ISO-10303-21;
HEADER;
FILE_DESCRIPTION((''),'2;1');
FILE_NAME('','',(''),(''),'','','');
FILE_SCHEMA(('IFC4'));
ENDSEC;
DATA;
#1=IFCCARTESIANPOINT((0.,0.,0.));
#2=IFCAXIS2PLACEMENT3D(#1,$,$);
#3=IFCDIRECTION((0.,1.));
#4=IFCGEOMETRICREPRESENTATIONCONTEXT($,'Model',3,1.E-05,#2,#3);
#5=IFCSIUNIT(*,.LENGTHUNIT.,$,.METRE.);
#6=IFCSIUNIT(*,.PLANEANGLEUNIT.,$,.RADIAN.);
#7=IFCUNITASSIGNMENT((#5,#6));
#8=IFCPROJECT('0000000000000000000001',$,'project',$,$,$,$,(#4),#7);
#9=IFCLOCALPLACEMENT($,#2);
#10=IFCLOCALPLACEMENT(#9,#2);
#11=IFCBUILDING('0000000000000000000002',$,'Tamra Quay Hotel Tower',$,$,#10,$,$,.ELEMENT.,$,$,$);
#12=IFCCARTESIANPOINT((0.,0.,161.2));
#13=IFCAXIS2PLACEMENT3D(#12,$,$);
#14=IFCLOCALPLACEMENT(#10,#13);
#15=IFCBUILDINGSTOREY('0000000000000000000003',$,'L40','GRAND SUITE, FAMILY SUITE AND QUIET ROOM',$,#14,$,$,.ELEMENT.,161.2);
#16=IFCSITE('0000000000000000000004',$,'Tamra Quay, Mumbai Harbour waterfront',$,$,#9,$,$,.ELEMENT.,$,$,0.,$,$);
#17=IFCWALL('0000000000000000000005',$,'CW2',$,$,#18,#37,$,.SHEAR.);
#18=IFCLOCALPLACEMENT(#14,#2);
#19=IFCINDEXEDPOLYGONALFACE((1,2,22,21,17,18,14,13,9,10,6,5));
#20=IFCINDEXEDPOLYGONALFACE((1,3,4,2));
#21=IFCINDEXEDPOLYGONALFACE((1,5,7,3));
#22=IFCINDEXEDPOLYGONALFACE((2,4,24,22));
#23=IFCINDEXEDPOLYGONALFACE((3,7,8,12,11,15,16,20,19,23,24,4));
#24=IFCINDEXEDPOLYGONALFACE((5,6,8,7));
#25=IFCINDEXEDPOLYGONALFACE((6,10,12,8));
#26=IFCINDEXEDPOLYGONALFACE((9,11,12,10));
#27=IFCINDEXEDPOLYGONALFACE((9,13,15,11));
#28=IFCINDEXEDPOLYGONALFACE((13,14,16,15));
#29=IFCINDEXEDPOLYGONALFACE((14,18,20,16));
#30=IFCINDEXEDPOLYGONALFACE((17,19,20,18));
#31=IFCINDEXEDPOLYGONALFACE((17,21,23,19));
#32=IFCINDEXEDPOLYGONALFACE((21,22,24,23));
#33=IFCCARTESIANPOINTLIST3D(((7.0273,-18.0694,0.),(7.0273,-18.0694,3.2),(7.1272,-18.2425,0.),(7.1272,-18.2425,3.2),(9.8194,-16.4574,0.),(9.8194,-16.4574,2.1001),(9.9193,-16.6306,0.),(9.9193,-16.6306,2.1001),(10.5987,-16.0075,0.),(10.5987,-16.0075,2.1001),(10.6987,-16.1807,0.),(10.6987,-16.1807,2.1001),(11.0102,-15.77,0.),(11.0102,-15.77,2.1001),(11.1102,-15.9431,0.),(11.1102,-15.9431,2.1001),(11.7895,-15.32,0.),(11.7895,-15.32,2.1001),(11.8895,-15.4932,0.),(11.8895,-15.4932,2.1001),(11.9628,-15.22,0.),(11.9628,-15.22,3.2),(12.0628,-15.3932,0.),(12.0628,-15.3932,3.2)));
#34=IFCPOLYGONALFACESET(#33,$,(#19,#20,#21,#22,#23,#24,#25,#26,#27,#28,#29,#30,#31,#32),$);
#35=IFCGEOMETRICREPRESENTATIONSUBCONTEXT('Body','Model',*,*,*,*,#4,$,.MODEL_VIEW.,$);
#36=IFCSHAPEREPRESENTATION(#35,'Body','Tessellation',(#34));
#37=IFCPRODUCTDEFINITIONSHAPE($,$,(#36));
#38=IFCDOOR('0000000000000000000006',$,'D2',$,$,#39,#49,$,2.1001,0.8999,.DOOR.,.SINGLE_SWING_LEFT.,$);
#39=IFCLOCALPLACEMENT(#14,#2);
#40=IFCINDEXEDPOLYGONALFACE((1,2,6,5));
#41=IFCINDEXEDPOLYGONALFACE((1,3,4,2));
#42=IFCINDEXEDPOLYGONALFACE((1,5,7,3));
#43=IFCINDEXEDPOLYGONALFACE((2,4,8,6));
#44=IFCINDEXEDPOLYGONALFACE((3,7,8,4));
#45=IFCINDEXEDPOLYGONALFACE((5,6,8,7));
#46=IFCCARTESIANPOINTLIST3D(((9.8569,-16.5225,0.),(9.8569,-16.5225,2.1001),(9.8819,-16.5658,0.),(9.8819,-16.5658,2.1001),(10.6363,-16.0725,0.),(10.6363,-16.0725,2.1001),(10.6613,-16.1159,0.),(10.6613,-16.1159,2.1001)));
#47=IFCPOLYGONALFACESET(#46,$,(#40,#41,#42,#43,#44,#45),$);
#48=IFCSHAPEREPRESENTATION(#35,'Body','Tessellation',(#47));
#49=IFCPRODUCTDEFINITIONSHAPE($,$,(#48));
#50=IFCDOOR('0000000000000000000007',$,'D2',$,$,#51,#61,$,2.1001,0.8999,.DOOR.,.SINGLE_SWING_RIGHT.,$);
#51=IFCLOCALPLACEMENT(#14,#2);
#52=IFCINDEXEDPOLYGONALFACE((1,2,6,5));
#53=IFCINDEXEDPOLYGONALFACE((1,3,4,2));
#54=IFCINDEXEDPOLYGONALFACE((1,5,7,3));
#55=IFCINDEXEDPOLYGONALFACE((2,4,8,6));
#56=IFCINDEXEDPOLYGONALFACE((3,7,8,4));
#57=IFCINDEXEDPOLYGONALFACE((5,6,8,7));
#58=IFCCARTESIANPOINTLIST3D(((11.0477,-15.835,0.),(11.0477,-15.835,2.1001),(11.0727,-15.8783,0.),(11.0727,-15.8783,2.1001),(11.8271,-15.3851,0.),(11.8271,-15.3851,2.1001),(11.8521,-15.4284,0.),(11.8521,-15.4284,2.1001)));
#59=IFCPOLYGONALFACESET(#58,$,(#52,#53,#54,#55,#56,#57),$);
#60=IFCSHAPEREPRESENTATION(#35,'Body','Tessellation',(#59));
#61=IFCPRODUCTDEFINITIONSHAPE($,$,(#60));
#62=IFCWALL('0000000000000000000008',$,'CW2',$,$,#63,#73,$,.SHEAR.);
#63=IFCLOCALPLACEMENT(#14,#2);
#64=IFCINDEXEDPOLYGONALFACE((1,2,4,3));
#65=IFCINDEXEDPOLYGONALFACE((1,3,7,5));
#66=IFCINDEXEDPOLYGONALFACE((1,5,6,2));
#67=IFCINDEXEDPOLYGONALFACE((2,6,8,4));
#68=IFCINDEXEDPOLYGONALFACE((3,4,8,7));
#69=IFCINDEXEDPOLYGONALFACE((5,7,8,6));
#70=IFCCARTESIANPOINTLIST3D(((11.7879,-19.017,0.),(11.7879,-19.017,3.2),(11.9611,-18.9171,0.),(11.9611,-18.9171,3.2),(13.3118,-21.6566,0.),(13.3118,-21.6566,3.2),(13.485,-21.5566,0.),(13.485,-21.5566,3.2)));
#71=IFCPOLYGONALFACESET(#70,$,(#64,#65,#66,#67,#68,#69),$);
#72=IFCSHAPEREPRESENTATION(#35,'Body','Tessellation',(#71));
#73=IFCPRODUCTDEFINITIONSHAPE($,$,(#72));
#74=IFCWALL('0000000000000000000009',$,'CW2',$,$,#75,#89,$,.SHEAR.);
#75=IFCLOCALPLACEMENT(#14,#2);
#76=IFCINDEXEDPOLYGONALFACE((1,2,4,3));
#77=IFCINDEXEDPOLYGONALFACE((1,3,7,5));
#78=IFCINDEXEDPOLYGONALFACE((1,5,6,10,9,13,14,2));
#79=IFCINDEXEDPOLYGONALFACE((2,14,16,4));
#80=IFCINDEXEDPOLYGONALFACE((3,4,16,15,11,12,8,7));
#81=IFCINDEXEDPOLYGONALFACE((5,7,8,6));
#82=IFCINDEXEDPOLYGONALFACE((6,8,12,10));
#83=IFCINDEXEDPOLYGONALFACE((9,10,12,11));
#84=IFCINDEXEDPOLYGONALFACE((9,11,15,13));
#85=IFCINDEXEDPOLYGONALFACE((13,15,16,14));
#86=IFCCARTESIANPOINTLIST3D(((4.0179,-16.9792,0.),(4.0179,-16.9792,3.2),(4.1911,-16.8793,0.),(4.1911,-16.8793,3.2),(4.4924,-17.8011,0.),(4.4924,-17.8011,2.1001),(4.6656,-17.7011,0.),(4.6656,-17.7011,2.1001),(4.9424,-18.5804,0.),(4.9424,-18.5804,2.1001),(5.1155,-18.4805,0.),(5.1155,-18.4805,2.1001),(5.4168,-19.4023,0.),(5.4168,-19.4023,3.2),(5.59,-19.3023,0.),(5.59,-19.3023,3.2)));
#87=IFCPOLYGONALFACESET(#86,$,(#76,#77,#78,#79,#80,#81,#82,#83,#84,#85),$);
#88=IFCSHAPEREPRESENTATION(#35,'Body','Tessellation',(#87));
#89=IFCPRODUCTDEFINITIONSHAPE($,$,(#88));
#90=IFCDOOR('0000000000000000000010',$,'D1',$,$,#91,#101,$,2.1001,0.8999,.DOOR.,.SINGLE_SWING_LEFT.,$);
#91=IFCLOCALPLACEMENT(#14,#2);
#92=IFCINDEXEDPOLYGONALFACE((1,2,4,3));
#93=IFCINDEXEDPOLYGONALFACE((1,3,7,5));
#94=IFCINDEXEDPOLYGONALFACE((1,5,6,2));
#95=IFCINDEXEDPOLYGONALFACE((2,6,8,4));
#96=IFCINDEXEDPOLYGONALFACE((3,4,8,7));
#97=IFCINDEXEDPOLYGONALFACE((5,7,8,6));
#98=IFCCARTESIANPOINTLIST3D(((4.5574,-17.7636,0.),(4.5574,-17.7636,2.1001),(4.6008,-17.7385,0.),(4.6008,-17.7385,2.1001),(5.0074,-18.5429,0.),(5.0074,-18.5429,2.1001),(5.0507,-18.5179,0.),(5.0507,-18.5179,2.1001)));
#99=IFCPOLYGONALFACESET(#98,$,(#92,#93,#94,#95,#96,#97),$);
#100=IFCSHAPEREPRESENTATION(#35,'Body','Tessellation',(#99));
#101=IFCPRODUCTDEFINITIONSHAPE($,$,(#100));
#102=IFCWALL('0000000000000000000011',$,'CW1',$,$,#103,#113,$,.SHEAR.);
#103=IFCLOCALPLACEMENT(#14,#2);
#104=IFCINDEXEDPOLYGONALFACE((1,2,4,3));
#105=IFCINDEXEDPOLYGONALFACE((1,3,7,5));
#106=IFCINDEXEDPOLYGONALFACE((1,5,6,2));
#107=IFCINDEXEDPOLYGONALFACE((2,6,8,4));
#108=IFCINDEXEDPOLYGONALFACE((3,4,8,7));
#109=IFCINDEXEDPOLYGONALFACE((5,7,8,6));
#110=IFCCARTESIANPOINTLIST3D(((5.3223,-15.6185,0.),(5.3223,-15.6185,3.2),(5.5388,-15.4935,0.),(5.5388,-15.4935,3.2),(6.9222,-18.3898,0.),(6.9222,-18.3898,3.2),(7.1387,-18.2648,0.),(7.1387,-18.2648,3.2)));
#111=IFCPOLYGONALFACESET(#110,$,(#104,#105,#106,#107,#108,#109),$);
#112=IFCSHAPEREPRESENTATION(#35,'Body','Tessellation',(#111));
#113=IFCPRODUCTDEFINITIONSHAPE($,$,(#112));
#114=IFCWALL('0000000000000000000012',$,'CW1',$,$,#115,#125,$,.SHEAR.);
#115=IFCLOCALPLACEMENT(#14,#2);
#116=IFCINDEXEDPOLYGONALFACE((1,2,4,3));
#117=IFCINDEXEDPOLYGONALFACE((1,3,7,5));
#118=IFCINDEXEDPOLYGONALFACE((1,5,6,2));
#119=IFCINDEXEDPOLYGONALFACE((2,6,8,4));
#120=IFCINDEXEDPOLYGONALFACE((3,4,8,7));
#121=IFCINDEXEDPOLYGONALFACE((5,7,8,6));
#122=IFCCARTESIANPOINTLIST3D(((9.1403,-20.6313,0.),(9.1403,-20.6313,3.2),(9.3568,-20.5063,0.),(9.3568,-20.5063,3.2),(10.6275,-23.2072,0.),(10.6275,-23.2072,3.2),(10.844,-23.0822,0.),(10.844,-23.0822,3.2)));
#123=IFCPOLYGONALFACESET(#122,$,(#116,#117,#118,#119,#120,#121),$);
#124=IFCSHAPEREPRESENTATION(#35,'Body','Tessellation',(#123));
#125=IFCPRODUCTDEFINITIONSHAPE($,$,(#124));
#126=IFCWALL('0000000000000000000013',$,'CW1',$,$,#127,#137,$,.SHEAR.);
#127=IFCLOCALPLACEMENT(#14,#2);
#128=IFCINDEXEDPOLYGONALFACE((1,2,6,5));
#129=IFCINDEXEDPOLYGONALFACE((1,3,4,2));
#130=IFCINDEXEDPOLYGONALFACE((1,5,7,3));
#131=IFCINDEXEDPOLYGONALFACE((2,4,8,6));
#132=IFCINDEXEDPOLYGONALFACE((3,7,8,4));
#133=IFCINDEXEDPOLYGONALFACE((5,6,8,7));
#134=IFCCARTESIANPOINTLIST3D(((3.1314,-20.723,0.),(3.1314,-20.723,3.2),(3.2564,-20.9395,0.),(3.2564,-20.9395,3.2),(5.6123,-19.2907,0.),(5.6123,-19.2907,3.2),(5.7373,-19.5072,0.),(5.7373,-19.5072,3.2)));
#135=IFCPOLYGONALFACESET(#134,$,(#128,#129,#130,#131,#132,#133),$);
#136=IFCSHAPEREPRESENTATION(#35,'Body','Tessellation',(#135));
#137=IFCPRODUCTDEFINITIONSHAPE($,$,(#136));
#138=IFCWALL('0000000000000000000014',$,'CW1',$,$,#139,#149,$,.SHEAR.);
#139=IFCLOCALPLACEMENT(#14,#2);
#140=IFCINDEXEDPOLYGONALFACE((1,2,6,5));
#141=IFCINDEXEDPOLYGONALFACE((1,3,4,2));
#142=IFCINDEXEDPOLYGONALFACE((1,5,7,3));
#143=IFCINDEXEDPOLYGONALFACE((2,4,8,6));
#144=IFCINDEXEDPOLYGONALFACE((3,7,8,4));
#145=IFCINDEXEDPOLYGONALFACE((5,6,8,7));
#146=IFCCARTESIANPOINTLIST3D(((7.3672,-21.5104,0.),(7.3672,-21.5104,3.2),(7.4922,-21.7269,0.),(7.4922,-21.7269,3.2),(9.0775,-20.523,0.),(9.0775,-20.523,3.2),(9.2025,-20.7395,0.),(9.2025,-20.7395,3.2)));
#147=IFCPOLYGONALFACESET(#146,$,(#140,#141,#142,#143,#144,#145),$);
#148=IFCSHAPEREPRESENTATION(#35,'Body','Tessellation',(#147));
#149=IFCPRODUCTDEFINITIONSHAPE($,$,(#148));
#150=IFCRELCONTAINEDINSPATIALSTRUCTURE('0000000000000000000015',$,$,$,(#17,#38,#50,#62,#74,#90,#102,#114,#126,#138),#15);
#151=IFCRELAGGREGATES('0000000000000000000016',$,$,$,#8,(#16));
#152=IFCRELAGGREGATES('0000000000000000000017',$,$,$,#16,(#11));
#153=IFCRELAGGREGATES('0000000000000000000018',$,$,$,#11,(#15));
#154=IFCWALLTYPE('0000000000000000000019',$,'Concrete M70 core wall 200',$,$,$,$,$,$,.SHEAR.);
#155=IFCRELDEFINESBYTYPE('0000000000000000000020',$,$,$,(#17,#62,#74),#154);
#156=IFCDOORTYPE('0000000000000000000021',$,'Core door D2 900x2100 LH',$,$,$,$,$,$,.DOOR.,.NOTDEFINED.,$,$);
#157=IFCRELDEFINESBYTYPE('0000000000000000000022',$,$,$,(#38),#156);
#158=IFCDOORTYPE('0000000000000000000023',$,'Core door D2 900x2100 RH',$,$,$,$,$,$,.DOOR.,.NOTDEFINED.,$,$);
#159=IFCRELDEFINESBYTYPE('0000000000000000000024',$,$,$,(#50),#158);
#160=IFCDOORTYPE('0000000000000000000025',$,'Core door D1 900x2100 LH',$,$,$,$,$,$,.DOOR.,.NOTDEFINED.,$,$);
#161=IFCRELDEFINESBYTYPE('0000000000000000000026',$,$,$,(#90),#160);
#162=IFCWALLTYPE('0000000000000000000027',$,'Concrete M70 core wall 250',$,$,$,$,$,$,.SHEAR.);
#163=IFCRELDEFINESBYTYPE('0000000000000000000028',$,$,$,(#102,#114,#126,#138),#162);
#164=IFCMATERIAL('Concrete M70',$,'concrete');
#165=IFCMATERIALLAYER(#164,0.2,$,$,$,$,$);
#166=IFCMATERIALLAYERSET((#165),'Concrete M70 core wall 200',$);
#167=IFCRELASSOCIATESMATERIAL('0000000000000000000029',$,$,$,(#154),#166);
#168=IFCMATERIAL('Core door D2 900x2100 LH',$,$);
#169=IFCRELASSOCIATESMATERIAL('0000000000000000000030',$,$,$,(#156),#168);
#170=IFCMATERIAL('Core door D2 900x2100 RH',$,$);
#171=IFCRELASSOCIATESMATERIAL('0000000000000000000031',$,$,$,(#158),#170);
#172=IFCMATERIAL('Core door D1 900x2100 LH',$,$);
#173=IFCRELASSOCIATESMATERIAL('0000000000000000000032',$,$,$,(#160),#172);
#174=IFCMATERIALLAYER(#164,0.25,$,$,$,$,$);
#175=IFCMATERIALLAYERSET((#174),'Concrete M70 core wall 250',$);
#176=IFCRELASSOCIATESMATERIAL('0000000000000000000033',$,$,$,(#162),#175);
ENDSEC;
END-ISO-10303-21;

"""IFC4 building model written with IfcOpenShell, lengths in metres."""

from ifc_helpers import new_model, si_unit, direction, frame, frame_2d, origin, place, context, subcontext, project, spatial, rectangle, extrude, material, layer, layer_set, type_object, element, fill, save


model = new_model("IFC4")

# Units and contexts
model_context = context("Model", 3, precision=1e-05, world=origin(), true_north=direction((0.0, 1.0)))
body_context = subcontext(model_context, "Body", "Model", "MODEL_VIEW")
ifc_project = project(units=[si_unit("LENGTHUNIT", "METRE"), si_unit("PLANEANGLEUNIT", "RADIAN")], contexts=[model_context])

# Site, building, storey
site_placement = place(None, origin())
site = spatial("IfcSite", under=ifc_project, at=site_placement, Name="Tamra Quay, Mumbai Harbour waterfront", CompositionType="ELEMENT", RefElevation=0.0)
building_placement = place(site_placement, origin())
building = spatial("IfcBuilding", under=site, at=building_placement, Name="Tamra Quay Hotel Tower", CompositionType="ELEMENT")
storey_placement = place(building_placement, frame((0.0, 0.0, 161.2)))
storey = spatial("IfcBuildingStorey", under=building, at=storey_placement, Name="L40", Description="GRAND SUITE, FAMILY SUITE AND QUIET ROOM", CompositionType="ELEMENT", Elevation=161.2)

# Shared definitions
ifc_material_1 = material(Name="Concrete M70", Category="concrete")

# Wall, openings, doors
ifc_layer_1 = layer(ifc_material_1, 0.2)
ifc_layer_set_1 = layer_set([ifc_layer_1], Name="Concrete M70 core wall 200")
wall_type_1 = type_object("IfcWallType", Name="Concrete M70 core wall 200", PredefinedType="SHEAR", material=ifc_layer_set_1)
wall_1_placement = place(storey_placement, frame((7.0771, -18.156, 0.0), z_axis=(0.0, 0.0, 1.0), x_axis=(0.866039, 0.499977, 0.0)))
wall_1 = element("IfcWall", 1, at=wall_1_placement, inside=storey, type_object=wall_type_1, Name="CW2", PredefinedType="SHEAR", context=body_context, shape_type="SweptSolid", body=[
    extrude(rectangle(XDim=5.699, YDim=0.2, at=frame_2d((2.8496, 0.0))), origin(), (0.0, 0.0, 1.0), 3.2),
])
opening_1_placement = place(wall_1_placement, frame((3.2241, 0.0, 0.0)))
opening_1 = element("IfcOpeningElement", 2, at=opening_1_placement, cuts=wall_1, PredefinedType="OPENING", context=body_context, shape_type="SweptSolid", body=[
    extrude(rectangle(XDim=0.8999, YDim=2.1001, at=frame_2d((0.45, 1.05))), frame((0.0, 0.1099, 0.0), z_axis=(0.0, -1.0, 0.0), x_axis=(1.0, 0.0, 0.0)), (0.0, 0.0, 1.0), 0.22),
])
opening_2_placement = place(wall_1_placement, frame((4.5991, 0.0, 0.0)))
opening_2 = element("IfcOpeningElement", 3, at=opening_2_placement, cuts=wall_1, PredefinedType="OPENING", context=body_context, shape_type="SweptSolid", body=[
    extrude(rectangle(XDim=0.8999, YDim=2.1001, at=frame_2d((0.45, 1.05))), frame((0.0, 0.1099, 0.0), z_axis=(0.0, -1.0, 0.0), x_axis=(1.0, 0.0, 0.0)), (0.0, 0.0, 1.0), 0.22),
])
ifc_material_2 = material(Name="Core door D2 900x2100 LH")
door_type_1 = type_object("IfcDoorType", Name="Core door D2 900x2100 LH", OperationType="NOTDEFINED", PredefinedType="DOOR", material=ifc_material_2)
door_1_placement = place(opening_1_placement, origin())
door_1 = element("IfcDoor", 4, at=door_1_placement, inside=storey, type_object=door_type_1, Name="D2", OperationType="SINGLE_SWING_LEFT", OverallHeight=2.1001, OverallWidth=0.8999, PredefinedType="DOOR", context=body_context, shape_type="SweptSolid", body=[
    extrude(rectangle(XDim=0.8999, YDim=2.1001, at=frame_2d((0.45, 1.05))), frame((0.0, 0.0249, 0.0), z_axis=(0.0, -1.0, 0.0), x_axis=(1.0, 0.0, 0.0)), (0.0, 0.0, 1.0), 0.05),
])
fill(opening_1, door_1)
ifc_material_3 = material(Name="Core door D2 900x2100 RH")
door_type_2 = type_object("IfcDoorType", Name="Core door D2 900x2100 RH", OperationType="NOTDEFINED", PredefinedType="DOOR", material=ifc_material_3)
door_2_placement = place(opening_2_placement, origin())
door_2 = element("IfcDoor", 5, at=door_2_placement, inside=storey, type_object=door_type_2, Name="D2", OperationType="SINGLE_SWING_RIGHT", OverallHeight=2.1001, OverallWidth=0.8999, PredefinedType="DOOR", context=body_context, shape_type="SweptSolid", body=[
    extrude(rectangle(XDim=0.8999, YDim=2.1001, at=frame_2d((0.45, 1.05))), frame((0.0, 0.0249, 0.0), z_axis=(0.0, -1.0, 0.0), x_axis=(1.0, 0.0, 0.0)), (0.0, 0.0, 1.0), 0.05),
])
fill(opening_2, door_2)

# Wall
wall_2_placement = place(storey_placement, frame((11.8745, -18.967, 0.0), z_axis=(0.0, 0.0, 1.0), x_axis=(0.499981, -0.866036, 0.0)))
element("IfcWall", 6, at=wall_2_placement, inside=storey, type_object=wall_type_1, Name="CW2", PredefinedType="SHEAR", context=body_context, shape_type="SweptSolid", body=[
    extrude(rectangle(XDim=3.0479, YDim=0.2, at=frame_2d((1.5239, 0.0))), origin(), (0.0, 0.0, 1.0), 3.2),
])

# Wall, opening, door
wall_3_placement = place(storey_placement, frame((5.5034, -19.3523, 0.0), z_axis=(0.0, 0.0, 1.0), x_axis=(-0.499987, 0.866033, 0.0)))
wall_3 = element("IfcWall", 7, at=wall_3_placement, inside=storey, type_object=wall_type_1, Name="CW2", PredefinedType="SHEAR", context=body_context, shape_type="SweptSolid", body=[
    extrude(rectangle(XDim=2.7979, YDim=0.2, at=frame_2d((1.3989, 0.0))), origin(), (0.0, 0.0, 1.0), 3.2),
])
opening_3_placement = place(wall_3_placement, frame((0.949, 0.0, 0.0)))
opening_3 = element("IfcOpeningElement", 8, at=opening_3_placement, cuts=wall_3, PredefinedType="OPENING", context=body_context, shape_type="SweptSolid", body=[
    extrude(rectangle(XDim=0.8999, YDim=2.1001, at=frame_2d((0.45, 1.05))), frame((0.0, 0.1099, 0.0), z_axis=(0.0, -1.0, 0.0), x_axis=(1.0, 0.0, 0.0)), (0.0, 0.0, 1.0), 0.22),
])
ifc_material_4 = material(Name="Core door D1 900x2100 LH")
door_type_3 = type_object("IfcDoorType", Name="Core door D1 900x2100 LH", OperationType="NOTDEFINED", PredefinedType="DOOR", material=ifc_material_4)
door_3_placement = place(opening_3_placement, origin())
door_3 = element("IfcDoor", 9, at=door_3_placement, inside=storey, type_object=door_type_3, Name="D1", OperationType="SINGLE_SWING_LEFT", OverallHeight=2.1001, OverallWidth=0.8999, PredefinedType="DOOR", context=body_context, shape_type="SweptSolid", body=[
    extrude(rectangle(XDim=0.8999, YDim=2.1001, at=frame_2d((0.45, 1.05))), frame((0.0, 0.0249, 0.0), z_axis=(0.0, -1.0, 0.0), x_axis=(1.0, 0.0, 0.0)), (0.0, 0.0, 1.0), 0.05),
])
fill(opening_3, door_3)

# Walls
ifc_layer_2 = layer(ifc_material_1, 0.25)
ifc_layer_set_2 = layer_set([ifc_layer_2], Name="Concrete M70 core wall 250")
wall_type_2 = type_object("IfcWallType", Name="Concrete M70 core wall 250", PredefinedType="SHEAR", material=ifc_layer_set_2)
wall_4_placement = place(storey_placement, frame((7.0305, -18.3274, 0.0), z_axis=(0.0, 0.0, 1.0), x_axis=(-0.499971, 0.866042, 0.0)))
element("IfcWall", 10, at=wall_4_placement, inside=storey, type_object=wall_type_2, Name="CW1", PredefinedType="SHEAR", context=body_context, shape_type="SweptSolid", body=[
    extrude(rectangle(XDim=3.2, YDim=0.25, at=frame_2d((1.6001, 0.0))), origin(), (0.0, 0.0, 1.0), 3.2),
])
wall_5_placement = place(storey_placement, frame((10.7358, -23.1448, 0.0), z_axis=(0.0, 0.0, 1.0), x_axis=(-0.500023, 0.866012, 0.0)))
element("IfcWall", 11, at=wall_5_placement, inside=storey, type_object=wall_type_2, Name="CW1", PredefinedType="SHEAR", context=body_context, shape_type="SweptSolid", body=[
    extrude(rectangle(XDim=2.9744, YDim=0.25, at=frame_2d((1.4873, 0.0))), origin(), (0.0, 0.0, 1.0), 3.2),
])
wall_6_placement = place(storey_placement, frame((5.6748, -19.3989, 0.0), z_axis=(0.0, 0.0, 1.0), x_axis=(-0.866027, -0.499998, 0.0)))
element("IfcWall", 12, at=wall_6_placement, inside=storey, type_object=wall_type_2, Name="CW1", PredefinedType="SHEAR", context=body_context, shape_type="SweptSolid", body=[
    extrude(rectangle(XDim=2.8647, YDim=0.25, at=frame_2d((1.4324, 0.0))), origin(), (0.0, 0.0, 1.0), 3.2),
])
wall_7_placement = place(storey_placement, frame((9.1399, -20.6313, 0.0), z_axis=(0.0, 0.0, 1.0), x_axis=(-0.866044, -0.499969, 0.0)))
element("IfcWall", 13, at=wall_7_placement, inside=storey, type_object=wall_type_2, Name="CW1", PredefinedType="SHEAR", context=body_context, shape_type="SweptSolid", body=[
    extrude(rectangle(XDim=1.9749, YDim=0.25, at=frame_2d((0.9873, 0.0))), origin(), (0.0, 0.0, 1.0), 3.2),
])

save(model, "model.ifc")
